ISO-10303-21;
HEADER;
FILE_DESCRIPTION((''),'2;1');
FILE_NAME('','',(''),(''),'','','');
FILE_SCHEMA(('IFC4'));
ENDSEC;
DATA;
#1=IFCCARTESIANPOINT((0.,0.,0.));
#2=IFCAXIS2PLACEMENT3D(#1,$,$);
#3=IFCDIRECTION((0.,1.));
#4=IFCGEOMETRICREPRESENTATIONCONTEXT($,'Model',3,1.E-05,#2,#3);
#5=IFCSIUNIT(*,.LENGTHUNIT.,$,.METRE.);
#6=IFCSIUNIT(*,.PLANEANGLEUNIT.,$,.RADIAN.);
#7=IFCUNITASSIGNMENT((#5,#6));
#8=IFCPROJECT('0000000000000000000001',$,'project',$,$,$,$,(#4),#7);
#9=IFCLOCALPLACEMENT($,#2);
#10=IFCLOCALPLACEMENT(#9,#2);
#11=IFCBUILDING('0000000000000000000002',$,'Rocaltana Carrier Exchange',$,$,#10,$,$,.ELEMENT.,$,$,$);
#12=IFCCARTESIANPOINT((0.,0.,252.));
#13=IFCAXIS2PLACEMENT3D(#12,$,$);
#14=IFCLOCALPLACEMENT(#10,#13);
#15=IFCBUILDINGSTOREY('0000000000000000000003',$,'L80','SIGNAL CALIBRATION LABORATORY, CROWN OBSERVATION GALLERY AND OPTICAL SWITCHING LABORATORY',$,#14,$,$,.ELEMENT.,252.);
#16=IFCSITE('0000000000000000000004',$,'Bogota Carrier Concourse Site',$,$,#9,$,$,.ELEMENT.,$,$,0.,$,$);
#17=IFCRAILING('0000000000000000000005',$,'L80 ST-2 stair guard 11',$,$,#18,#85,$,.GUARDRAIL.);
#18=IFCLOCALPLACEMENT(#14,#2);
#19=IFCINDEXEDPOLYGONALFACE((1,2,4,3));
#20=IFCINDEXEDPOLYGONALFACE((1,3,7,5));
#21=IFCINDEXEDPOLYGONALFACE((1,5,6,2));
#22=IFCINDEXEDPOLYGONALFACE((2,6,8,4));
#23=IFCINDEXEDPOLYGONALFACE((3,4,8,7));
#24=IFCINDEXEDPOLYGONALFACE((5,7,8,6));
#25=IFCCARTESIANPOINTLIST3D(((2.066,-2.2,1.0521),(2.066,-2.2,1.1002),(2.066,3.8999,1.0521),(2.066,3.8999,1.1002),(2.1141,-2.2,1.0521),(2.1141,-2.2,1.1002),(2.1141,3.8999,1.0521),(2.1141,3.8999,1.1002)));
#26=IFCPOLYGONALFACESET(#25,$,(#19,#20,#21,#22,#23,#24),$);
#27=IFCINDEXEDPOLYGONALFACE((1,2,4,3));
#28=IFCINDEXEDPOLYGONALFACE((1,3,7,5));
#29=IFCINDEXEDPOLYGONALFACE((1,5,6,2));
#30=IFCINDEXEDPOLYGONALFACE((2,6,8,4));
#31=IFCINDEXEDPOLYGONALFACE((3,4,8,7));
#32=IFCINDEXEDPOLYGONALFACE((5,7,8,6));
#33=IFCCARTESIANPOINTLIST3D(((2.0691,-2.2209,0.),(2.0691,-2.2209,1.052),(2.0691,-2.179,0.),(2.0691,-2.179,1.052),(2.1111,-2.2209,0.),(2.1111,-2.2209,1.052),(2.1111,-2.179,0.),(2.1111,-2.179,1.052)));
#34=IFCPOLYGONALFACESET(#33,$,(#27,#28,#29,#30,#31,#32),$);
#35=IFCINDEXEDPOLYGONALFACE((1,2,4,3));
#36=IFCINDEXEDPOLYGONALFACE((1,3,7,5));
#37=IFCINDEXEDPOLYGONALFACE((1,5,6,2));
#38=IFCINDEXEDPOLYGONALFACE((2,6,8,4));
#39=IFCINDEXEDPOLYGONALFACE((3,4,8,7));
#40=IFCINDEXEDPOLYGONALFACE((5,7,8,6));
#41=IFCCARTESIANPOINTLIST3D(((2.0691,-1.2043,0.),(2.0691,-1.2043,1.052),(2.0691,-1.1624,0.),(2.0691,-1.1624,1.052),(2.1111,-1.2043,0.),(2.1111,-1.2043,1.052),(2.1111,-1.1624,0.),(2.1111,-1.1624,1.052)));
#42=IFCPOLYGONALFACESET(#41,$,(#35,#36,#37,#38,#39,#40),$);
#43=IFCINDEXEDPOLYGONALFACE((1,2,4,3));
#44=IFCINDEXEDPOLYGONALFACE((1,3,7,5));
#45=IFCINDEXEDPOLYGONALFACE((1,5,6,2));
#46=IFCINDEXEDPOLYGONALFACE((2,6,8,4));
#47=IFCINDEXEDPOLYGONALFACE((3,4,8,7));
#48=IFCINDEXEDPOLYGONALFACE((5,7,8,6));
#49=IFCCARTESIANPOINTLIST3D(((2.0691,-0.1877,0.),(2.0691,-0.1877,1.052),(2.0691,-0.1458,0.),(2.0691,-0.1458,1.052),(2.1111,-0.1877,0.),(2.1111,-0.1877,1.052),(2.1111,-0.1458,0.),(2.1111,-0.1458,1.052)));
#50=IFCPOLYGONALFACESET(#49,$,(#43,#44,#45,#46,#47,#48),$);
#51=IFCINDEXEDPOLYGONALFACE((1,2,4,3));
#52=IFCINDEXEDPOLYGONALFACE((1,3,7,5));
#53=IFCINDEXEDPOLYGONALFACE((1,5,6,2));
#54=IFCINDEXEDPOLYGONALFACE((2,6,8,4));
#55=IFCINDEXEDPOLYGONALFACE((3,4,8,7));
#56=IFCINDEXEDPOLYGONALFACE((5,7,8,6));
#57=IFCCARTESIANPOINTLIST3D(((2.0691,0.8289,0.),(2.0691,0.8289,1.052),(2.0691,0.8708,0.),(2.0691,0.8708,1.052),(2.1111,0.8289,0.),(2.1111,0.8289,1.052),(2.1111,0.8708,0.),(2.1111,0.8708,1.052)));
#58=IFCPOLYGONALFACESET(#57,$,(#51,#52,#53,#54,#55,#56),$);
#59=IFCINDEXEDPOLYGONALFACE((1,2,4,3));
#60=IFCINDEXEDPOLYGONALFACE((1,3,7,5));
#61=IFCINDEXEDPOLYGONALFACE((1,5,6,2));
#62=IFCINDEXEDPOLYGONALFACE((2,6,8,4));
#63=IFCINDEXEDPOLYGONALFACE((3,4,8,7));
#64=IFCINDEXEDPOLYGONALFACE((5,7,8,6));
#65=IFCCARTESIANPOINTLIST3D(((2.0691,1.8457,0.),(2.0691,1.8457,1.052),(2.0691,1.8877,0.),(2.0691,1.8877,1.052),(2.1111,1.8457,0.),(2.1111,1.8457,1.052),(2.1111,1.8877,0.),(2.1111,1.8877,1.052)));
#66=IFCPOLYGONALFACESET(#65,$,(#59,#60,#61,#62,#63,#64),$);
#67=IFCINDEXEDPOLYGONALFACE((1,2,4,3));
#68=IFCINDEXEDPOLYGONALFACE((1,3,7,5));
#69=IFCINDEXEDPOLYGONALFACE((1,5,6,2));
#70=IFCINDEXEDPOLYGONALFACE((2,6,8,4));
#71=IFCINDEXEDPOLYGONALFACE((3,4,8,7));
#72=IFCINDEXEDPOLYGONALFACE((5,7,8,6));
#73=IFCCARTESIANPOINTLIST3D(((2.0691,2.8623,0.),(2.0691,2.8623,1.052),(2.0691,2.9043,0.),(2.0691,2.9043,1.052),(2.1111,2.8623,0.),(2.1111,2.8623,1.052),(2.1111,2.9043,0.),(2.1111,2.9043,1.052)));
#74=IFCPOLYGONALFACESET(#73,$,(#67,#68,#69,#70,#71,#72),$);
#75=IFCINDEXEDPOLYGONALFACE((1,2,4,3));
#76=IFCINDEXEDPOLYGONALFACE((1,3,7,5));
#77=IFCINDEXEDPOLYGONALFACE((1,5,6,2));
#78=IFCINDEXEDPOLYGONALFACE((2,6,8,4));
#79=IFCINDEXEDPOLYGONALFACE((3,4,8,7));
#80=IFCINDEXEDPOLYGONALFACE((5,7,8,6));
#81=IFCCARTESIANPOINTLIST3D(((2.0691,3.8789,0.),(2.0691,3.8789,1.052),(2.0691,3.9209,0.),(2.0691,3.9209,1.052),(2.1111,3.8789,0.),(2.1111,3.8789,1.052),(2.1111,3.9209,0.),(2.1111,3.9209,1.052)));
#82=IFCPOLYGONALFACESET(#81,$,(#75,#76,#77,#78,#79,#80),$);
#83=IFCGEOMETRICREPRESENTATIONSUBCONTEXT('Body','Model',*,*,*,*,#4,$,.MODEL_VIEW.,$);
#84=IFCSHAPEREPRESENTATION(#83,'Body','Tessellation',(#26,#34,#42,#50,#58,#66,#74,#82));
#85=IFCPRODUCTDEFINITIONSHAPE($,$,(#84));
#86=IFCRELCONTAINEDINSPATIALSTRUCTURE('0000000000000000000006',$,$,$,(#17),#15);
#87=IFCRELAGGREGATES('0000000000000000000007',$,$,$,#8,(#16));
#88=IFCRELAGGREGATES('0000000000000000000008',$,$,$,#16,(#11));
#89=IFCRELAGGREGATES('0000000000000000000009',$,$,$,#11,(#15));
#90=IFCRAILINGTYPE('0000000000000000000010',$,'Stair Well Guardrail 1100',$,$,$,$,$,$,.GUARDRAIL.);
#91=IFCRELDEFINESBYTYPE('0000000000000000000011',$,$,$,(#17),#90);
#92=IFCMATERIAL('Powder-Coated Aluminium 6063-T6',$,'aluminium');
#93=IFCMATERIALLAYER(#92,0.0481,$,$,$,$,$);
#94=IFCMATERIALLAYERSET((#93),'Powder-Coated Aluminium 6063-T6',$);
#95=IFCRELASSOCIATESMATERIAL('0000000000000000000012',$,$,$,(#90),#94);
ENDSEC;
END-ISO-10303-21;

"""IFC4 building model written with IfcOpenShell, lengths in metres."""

from ifc_helpers import new_model, si_unit, direction, frame, origin, origin_2d, place, context, subcontext, project, spatial, rectangle, extrude, material, layer, layer_set, type_object, element, save


model = new_model("IFC4")

# Units and contexts
model_context = context("Model", 3, precision=1e-05, world=origin(), true_north=direction((0.0, 1.0)))
body_context = subcontext(model_context, "Body", "Model", "MODEL_VIEW")
ifc_project = project(units=[si_unit("LENGTHUNIT", "METRE"), si_unit("PLANEANGLEUNIT", "RADIAN")], contexts=[model_context])

# Site, building, storey
site_placement = place(None, origin())
site = spatial("IfcSite", under=ifc_project, at=site_placement, Name="Bogota Carrier Concourse Site", CompositionType="ELEMENT", RefElevation=0.0)
building_placement = place(site_placement, origin())
building = spatial("IfcBuilding", under=site, at=building_placement, Name="Rocaltana Carrier Exchange", CompositionType="ELEMENT")
storey_placement = place(building_placement, frame((0.0, 0.0, 252.0)))
storey = spatial("IfcBuildingStorey", under=building, at=storey_placement, Name="L80", Description="SIGNAL CALIBRATION LABORATORY, CROWN OBSERVATION GALLERY AND OPTICAL SWITCHING LABORATORY", CompositionType="ELEMENT", Elevation=252.0)

# Railing
ifc_material_1 = material(Name="Powder-Coated Aluminium 6063-T6", Category="aluminium")
ifc_layer_1 = layer(ifc_material_1, 0.0481)
ifc_layer_set_1 = layer_set([ifc_layer_1], Name="Powder-Coated Aluminium 6063-T6")
railing_type_1 = type_object("IfcRailingType", Name="Stair Well Guardrail 1100", PredefinedType="GUARDRAIL", material=ifc_layer_set_1)
for number, where, name in (
    (1, (2.0901, -2.2, 0.0), "L80 ST-2 stair guard 11"),
):
    element("IfcRailing", number, at=place(storey_placement, frame(where)), inside=storey, type_object=railing_type_1, Name=name, PredefinedType="GUARDRAIL", context=body_context, shape_type="SweptSolid", body=[
        extrude(rectangle(XDim=0.0481, YDim=0.0481, at=origin_2d()), frame((0.0, 0.0, 1.0762), z_axis=(0.0, 1.0, 0.0), x_axis=(-1.0, 0.0, 0.0)), (0.0, 0.0, 1.0), 6.0999),
        extrude(rectangle(XDim=0.042, YDim=0.042, at=origin_2d()), origin(), (0.0, 0.0, 1.0), 1.052),
        extrude(rectangle(XDim=0.042, YDim=0.042, at=origin_2d()), frame((0.0, 1.0166, 0.0)), (0.0, 0.0, 1.0), 1.052),
        extrude(rectangle(XDim=0.042, YDim=0.042, at=origin_2d()), frame((0.0, 2.0332, 0.0)), (0.0, 0.0, 1.0), 1.052),
        extrude(rectangle(XDim=0.042, YDim=0.042, at=origin_2d()), frame((0.0, 3.0498, 0.0)), (0.0, 0.0, 1.0), 1.052),
        extrude(rectangle(XDim=0.042, YDim=0.042, at=origin_2d()), frame((0.0, 4.0667, 0.0)), (0.0, 0.0, 1.0), 1.052),
        extrude(rectangle(XDim=0.042, YDim=0.042, at=origin_2d()), frame((0.0, 5.0833, 0.0)), (0.0, 0.0, 1.0), 1.052),
        extrude(rectangle(XDim=0.042, YDim=0.042, at=origin_2d()), frame((0.0, 6.0999, 0.0)), (0.0, 0.0, 1.0), 1.052),
    ])

save(model, "model.ifc")
